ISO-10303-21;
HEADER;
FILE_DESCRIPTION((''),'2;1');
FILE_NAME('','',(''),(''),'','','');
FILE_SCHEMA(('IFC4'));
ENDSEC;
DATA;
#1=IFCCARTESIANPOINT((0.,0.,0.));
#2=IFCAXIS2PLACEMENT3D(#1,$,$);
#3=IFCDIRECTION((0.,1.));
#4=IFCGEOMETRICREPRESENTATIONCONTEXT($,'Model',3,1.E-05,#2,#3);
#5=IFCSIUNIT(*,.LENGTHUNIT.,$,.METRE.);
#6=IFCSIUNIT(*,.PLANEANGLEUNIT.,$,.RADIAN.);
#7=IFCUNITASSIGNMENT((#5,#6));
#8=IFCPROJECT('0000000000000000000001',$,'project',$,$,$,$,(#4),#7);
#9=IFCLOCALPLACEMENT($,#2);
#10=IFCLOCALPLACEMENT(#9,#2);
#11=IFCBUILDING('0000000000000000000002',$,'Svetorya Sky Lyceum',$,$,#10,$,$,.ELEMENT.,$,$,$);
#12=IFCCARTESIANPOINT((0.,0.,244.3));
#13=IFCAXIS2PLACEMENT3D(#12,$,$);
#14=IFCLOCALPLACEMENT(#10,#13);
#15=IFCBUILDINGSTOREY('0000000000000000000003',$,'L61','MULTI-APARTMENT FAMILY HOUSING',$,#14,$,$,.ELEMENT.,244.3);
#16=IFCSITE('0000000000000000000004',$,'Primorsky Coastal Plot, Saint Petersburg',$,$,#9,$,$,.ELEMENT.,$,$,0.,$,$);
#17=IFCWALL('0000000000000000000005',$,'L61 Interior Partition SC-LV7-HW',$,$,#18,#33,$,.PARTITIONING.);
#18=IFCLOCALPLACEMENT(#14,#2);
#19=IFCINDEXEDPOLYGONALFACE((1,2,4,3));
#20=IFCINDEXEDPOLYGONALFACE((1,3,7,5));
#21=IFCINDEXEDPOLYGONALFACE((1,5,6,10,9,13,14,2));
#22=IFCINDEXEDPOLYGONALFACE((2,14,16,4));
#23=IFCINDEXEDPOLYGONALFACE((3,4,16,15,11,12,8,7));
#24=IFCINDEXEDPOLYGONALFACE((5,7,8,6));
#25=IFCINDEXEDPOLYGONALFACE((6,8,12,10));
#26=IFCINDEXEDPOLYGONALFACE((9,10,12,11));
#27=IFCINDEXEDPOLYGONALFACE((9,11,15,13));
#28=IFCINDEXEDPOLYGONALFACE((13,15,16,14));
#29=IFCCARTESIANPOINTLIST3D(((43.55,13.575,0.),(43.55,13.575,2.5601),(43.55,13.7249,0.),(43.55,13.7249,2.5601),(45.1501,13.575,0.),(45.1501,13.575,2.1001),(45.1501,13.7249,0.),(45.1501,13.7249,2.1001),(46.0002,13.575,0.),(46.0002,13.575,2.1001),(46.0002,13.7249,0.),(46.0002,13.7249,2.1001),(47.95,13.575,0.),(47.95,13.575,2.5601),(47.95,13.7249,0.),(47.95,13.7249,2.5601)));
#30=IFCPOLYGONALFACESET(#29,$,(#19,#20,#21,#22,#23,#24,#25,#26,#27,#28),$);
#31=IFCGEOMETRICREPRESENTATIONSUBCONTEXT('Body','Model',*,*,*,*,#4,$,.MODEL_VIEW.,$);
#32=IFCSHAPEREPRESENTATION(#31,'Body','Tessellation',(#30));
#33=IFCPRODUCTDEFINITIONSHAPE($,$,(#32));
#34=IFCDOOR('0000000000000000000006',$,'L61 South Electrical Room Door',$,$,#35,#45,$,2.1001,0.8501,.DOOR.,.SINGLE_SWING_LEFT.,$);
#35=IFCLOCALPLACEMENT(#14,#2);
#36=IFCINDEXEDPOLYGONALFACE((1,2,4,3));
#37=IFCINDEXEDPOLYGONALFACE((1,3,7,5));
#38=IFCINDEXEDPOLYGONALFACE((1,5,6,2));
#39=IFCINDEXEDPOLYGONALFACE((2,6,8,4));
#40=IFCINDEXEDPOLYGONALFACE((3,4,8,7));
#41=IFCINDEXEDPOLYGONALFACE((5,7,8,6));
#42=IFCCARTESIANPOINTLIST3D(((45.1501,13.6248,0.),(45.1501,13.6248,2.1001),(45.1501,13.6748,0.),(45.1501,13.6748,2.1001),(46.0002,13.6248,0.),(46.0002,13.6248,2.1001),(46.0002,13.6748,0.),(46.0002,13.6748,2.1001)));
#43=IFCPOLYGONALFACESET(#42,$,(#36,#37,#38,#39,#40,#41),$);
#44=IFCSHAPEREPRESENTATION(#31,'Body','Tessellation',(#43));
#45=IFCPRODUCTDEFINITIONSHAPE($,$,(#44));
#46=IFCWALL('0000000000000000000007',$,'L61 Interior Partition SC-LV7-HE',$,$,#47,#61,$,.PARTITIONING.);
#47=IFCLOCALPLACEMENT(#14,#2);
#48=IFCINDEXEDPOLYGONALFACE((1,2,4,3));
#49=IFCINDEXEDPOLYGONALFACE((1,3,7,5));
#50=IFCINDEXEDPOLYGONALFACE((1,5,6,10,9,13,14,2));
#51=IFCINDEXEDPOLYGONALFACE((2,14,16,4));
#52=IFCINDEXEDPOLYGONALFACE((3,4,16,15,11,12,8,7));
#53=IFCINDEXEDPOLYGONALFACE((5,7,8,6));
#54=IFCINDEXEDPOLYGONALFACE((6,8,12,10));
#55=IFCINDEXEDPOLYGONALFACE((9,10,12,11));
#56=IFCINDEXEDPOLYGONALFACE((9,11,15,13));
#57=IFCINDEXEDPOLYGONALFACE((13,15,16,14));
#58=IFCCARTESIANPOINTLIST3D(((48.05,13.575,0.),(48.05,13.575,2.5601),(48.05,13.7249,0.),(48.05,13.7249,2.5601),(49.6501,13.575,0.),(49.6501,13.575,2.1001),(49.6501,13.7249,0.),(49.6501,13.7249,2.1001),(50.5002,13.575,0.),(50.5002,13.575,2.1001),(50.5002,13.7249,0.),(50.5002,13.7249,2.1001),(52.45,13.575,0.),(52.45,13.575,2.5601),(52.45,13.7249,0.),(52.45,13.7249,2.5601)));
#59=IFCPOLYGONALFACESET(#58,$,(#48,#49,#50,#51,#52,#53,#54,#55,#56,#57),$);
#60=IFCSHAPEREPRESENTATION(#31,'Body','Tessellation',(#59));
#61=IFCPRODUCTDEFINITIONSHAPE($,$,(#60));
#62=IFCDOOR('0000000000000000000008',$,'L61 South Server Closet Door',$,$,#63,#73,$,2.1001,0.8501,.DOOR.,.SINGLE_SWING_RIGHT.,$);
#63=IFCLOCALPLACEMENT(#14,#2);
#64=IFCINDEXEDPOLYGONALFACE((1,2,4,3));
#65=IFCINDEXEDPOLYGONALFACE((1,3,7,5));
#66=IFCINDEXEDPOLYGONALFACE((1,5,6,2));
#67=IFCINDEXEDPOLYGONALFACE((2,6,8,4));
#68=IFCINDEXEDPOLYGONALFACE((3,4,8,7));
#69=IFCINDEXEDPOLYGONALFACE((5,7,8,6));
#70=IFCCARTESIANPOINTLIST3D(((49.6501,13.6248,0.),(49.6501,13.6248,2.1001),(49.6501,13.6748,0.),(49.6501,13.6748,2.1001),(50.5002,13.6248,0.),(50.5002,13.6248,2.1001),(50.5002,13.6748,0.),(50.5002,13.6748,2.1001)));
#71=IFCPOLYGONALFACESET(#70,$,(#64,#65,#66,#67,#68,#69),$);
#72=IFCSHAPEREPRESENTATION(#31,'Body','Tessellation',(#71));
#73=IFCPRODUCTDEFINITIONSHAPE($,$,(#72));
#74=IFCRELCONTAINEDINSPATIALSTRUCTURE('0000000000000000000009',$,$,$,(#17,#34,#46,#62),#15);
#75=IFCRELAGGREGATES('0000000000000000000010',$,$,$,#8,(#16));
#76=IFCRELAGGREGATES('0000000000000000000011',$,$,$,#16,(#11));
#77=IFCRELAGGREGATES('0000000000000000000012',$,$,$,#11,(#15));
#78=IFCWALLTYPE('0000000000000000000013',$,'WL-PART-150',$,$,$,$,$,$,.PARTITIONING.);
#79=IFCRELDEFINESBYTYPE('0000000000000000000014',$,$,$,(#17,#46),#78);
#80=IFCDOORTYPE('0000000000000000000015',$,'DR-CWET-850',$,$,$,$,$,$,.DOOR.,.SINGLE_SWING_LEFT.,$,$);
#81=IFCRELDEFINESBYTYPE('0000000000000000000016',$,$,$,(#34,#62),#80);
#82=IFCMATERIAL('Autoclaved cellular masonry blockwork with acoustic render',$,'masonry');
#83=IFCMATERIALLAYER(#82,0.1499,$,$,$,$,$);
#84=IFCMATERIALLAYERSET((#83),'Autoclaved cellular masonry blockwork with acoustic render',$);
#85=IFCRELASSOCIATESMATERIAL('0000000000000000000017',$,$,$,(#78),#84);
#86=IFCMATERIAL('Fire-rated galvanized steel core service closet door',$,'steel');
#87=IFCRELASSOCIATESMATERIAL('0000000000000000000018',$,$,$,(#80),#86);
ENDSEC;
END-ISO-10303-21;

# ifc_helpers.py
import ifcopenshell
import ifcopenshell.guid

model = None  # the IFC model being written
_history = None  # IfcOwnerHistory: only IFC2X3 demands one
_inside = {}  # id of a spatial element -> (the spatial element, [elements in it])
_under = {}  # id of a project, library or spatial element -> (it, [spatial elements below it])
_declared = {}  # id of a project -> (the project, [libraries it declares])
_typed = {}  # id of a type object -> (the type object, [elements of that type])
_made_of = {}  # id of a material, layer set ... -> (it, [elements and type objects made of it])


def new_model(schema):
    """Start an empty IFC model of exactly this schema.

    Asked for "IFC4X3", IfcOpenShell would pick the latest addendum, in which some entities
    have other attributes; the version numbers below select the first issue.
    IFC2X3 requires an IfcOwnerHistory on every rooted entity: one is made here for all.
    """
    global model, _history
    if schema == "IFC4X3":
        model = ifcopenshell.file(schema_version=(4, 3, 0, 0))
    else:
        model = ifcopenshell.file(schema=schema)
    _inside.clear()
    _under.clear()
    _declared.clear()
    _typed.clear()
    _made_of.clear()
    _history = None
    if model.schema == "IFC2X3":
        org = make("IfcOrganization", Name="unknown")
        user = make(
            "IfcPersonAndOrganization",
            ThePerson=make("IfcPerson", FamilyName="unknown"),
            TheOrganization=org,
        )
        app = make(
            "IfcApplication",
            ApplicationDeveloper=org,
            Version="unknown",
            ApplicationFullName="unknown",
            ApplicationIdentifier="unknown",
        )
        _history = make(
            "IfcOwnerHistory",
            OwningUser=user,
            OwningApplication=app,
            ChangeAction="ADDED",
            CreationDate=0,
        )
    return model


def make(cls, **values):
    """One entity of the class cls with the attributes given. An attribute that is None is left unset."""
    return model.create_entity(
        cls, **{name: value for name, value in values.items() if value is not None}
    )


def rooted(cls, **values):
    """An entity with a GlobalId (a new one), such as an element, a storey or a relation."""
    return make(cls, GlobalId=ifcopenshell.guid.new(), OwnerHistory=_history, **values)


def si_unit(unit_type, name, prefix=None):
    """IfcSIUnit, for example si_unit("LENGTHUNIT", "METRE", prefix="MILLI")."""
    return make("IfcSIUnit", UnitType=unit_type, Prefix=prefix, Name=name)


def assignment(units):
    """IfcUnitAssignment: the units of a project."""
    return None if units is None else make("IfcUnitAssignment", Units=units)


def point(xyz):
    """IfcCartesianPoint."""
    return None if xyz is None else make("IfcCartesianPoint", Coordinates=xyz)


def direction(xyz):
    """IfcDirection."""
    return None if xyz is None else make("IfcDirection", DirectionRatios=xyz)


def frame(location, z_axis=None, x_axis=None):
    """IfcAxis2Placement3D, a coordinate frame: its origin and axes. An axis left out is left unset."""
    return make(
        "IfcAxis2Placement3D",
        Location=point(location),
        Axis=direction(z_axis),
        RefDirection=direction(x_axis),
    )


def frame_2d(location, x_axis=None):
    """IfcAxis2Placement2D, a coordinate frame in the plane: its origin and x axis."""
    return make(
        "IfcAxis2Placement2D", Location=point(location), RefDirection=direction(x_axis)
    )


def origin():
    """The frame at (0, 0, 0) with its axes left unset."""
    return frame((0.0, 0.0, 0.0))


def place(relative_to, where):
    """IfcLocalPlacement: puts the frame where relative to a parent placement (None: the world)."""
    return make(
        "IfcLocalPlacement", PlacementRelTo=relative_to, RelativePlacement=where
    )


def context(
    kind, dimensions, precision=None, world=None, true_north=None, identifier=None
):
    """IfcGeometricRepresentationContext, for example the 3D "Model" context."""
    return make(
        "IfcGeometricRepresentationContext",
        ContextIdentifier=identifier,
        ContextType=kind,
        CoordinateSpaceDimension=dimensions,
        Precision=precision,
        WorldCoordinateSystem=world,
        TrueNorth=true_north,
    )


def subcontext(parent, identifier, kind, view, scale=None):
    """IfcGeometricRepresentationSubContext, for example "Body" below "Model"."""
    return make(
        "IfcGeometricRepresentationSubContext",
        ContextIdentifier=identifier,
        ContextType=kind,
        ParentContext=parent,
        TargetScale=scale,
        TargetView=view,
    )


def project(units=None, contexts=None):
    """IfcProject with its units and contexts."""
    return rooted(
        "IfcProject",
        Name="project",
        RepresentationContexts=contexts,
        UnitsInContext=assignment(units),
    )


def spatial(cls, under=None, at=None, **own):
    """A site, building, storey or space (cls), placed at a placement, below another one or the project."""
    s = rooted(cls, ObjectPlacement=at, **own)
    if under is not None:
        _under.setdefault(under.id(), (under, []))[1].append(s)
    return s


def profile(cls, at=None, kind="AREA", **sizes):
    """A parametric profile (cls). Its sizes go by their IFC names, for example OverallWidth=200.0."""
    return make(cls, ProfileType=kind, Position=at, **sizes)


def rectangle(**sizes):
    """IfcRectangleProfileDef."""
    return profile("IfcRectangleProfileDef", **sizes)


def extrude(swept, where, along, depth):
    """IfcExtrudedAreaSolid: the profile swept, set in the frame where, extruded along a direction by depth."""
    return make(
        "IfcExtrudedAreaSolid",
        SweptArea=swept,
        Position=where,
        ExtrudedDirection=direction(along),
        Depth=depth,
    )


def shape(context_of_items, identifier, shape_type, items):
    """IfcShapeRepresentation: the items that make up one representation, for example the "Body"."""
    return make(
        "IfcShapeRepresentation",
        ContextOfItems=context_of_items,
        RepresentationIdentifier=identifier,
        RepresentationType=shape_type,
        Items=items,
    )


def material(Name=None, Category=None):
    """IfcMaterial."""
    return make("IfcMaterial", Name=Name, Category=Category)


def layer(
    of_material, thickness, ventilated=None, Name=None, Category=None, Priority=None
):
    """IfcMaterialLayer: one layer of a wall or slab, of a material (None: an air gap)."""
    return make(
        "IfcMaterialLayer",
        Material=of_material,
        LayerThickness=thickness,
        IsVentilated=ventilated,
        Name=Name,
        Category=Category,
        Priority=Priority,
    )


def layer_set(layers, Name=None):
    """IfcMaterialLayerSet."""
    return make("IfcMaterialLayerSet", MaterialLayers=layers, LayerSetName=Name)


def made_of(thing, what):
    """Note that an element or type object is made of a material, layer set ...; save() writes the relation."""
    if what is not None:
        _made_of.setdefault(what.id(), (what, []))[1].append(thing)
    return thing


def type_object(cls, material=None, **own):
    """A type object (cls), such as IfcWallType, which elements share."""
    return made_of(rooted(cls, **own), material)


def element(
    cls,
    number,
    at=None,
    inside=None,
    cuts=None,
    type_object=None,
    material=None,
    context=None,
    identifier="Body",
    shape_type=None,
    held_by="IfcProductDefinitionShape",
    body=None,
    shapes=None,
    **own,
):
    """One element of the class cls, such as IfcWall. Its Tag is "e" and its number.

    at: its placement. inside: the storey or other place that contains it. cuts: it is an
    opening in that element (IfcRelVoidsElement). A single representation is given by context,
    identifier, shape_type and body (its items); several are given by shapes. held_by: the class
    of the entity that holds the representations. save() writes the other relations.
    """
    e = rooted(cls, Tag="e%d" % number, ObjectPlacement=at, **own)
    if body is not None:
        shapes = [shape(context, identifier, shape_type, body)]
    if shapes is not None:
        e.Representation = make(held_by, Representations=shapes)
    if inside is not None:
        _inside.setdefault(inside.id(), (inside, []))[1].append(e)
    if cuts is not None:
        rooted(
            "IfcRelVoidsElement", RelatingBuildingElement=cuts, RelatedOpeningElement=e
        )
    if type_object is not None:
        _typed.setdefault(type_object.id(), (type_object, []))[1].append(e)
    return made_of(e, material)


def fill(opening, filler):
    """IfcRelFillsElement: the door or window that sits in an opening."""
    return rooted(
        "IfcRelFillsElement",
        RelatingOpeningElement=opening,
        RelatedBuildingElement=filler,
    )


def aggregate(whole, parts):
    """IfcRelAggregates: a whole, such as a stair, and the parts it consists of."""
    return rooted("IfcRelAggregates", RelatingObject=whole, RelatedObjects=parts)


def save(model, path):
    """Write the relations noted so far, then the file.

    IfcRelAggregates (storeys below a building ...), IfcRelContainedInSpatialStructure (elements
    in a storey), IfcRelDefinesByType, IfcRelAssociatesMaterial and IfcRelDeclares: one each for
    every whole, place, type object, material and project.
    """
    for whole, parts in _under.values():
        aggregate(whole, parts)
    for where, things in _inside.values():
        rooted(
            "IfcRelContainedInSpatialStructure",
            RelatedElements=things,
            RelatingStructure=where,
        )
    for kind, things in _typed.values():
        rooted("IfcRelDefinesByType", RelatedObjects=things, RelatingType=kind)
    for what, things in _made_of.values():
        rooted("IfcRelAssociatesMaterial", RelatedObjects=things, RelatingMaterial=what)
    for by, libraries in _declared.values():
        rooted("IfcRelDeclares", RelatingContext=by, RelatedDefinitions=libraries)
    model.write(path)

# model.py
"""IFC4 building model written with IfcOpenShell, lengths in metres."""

from ifc_helpers import new_model, si_unit, direction, frame, frame_2d, origin, place, context, subcontext, project, spatial, rectangle, extrude, material, layer, layer_set, type_object, element, fill, save


model = new_model("IFC4")

# Units and contexts
model_context = context("Model", 3, precision=1e-05, world=origin(), true_north=direction((0.0, 1.0)))
body_context = subcontext(model_context, "Body", "Model", "MODEL_VIEW")
ifc_project = project(units=[si_unit("LENGTHUNIT", "METRE"), si_unit("PLANEANGLEUNIT", "RADIAN")], contexts=[model_context])

# Site, building, storey
site_placement = place(None, origin())
site = spatial("IfcSite", under=ifc_project, at=site_placement, Name="Primorsky Coastal Plot, Saint Petersburg", CompositionType="ELEMENT", RefElevation=0.0)
building_placement = place(site_placement, origin())
building = spatial("IfcBuilding", under=site, at=building_placement, Name="Svetorya Sky Lyceum", CompositionType="ELEMENT")
storey_placement = place(building_placement, frame((0.0, 0.0, 244.3)))
storey = spatial("IfcBuildingStorey", under=building, at=storey_placement, Name="L61", Description="MULTI-APARTMENT FAMILY HOUSING", CompositionType="ELEMENT", Elevation=244.3)

# Shared definitions
ifc_material_1 = material(Name="Autoclaved cellular masonry blockwork with acoustic render", Category="masonry")
ifc_layer_1 = layer(ifc_material_1, 0.1499)
ifc_layer_set_1 = layer_set([ifc_layer_1], Name="Autoclaved cellular masonry blockwork with acoustic render")
wall_type_1 = type_object("IfcWallType", Name="WL-PART-150", PredefinedType="PARTITIONING", material=ifc_layer_set_1)

# Walls, openings, doors
wall_1_placement = place(storey_placement, frame((43.55, 13.6499, 0.0), z_axis=(0.0, 0.0, 1.0), x_axis=(1.0, 0.0, 0.0)))
wall_1 = element("IfcWall", 1, at=wall_1_placement, inside=storey, type_object=wall_type_1, Name="L61 Interior Partition SC-LV7-HW", PredefinedType="PARTITIONING", context=body_context, shape_type="SweptSolid", body=[
    extrude(rectangle(XDim=4.3999, YDim=0.1499, at=frame_2d((2.2, 0.0))), origin(), (0.0, 0.0, 1.0), 2.5601),
])
opening_1_placement = place(wall_1_placement, frame((1.6001, 0.0, 0.0)))
opening_1 = element("IfcOpeningElement", 2, at=opening_1_placement, cuts=wall_1, PredefinedType="OPENING", context=body_context, shape_type="SweptSolid", body=[
    extrude(rectangle(XDim=0.8501, YDim=2.1001, at=frame_2d((0.425, 1.05))), frame((0.0, 0.085, 0.0), z_axis=(0.0, -1.0, 0.0), x_axis=(1.0, 0.0, 0.0)), (0.0, 0.0, 1.0), 0.1699),
])
ifc_material_2 = material(Name="Fire-rated galvanized steel core service closet door", Category="steel")
door_type_1 = type_object("IfcDoorType", Name="DR-CWET-850", OperationType="SINGLE_SWING_LEFT", PredefinedType="DOOR", material=ifc_material_2)
door_1_placement = place(opening_1_placement, origin())
door_1 = element("IfcDoor", 3, at=door_1_placement, inside=storey, type_object=door_type_1, Name="L61 South Electrical Room Door", OperationType="SINGLE_SWING_LEFT", OverallHeight=2.1001, OverallWidth=0.8501, PredefinedType="DOOR", context=body_context, shape_type="SweptSolid", body=[
    extrude(rectangle(XDim=0.8501, YDim=2.1001, at=frame_2d((0.425, 1.05))), frame((0.0, 0.0249, 0.0), z_axis=(0.0, -1.0, 0.0), x_axis=(1.0, 0.0, 0.0)), (0.0, 0.0, 1.0), 0.05),
])
fill(opening_1, door_1)
wall_2_placement = place(storey_placement, frame((48.05, 13.6499, 0.0), z_axis=(0.0, 0.0, 1.0), x_axis=(1.0, 0.0, 0.0)))
wall_2 = element("IfcWall", 4, at=wall_2_placement, inside=storey, type_object=wall_type_1, Name="L61 Interior Partition SC-LV7-HE", PredefinedType="PARTITIONING", context=body_context, shape_type="SweptSolid", body=[
    extrude(rectangle(XDim=4.3999, YDim=0.1499, at=frame_2d((2.2, 0.0))), origin(), (0.0, 0.0, 1.0), 2.5601),
])
opening_2_placement = place(wall_2_placement, frame((1.6001, 0.0, 0.0)))
opening_2 = element("IfcOpeningElement", 5, at=opening_2_placement, cuts=wall_2, PredefinedType="OPENING", context=body_context, shape_type="SweptSolid", body=[
    extrude(rectangle(XDim=0.8501, YDim=2.1001, at=frame_2d((0.425, 1.05))), frame((0.0, 0.085, 0.0), z_axis=(0.0, -1.0, 0.0), x_axis=(1.0, 0.0, 0.0)), (0.0, 0.0, 1.0), 0.1699),
])
door_2_placement = place(opening_2_placement, origin())
door_2 = element("IfcDoor", 6, at=door_2_placement, inside=storey, type_object=door_type_1, Name="L61 South Server Closet Door", OperationType="SINGLE_SWING_RIGHT", OverallHeight=2.1001, OverallWidth=0.8501, PredefinedType="DOOR", context=body_context, shape_type="SweptSolid", body=[
    extrude(rectangle(XDim=0.8501, YDim=2.1001, at=frame_2d((0.425, 1.05))), frame((0.0, 0.0249, 0.0), z_axis=(0.0, -1.0, 0.0), x_axis=(1.0, 0.0, 0.0)), (0.0, 0.0, 1.0), 0.05),
])
fill(opening_2, door_2)

save(model, "model.ifc")
